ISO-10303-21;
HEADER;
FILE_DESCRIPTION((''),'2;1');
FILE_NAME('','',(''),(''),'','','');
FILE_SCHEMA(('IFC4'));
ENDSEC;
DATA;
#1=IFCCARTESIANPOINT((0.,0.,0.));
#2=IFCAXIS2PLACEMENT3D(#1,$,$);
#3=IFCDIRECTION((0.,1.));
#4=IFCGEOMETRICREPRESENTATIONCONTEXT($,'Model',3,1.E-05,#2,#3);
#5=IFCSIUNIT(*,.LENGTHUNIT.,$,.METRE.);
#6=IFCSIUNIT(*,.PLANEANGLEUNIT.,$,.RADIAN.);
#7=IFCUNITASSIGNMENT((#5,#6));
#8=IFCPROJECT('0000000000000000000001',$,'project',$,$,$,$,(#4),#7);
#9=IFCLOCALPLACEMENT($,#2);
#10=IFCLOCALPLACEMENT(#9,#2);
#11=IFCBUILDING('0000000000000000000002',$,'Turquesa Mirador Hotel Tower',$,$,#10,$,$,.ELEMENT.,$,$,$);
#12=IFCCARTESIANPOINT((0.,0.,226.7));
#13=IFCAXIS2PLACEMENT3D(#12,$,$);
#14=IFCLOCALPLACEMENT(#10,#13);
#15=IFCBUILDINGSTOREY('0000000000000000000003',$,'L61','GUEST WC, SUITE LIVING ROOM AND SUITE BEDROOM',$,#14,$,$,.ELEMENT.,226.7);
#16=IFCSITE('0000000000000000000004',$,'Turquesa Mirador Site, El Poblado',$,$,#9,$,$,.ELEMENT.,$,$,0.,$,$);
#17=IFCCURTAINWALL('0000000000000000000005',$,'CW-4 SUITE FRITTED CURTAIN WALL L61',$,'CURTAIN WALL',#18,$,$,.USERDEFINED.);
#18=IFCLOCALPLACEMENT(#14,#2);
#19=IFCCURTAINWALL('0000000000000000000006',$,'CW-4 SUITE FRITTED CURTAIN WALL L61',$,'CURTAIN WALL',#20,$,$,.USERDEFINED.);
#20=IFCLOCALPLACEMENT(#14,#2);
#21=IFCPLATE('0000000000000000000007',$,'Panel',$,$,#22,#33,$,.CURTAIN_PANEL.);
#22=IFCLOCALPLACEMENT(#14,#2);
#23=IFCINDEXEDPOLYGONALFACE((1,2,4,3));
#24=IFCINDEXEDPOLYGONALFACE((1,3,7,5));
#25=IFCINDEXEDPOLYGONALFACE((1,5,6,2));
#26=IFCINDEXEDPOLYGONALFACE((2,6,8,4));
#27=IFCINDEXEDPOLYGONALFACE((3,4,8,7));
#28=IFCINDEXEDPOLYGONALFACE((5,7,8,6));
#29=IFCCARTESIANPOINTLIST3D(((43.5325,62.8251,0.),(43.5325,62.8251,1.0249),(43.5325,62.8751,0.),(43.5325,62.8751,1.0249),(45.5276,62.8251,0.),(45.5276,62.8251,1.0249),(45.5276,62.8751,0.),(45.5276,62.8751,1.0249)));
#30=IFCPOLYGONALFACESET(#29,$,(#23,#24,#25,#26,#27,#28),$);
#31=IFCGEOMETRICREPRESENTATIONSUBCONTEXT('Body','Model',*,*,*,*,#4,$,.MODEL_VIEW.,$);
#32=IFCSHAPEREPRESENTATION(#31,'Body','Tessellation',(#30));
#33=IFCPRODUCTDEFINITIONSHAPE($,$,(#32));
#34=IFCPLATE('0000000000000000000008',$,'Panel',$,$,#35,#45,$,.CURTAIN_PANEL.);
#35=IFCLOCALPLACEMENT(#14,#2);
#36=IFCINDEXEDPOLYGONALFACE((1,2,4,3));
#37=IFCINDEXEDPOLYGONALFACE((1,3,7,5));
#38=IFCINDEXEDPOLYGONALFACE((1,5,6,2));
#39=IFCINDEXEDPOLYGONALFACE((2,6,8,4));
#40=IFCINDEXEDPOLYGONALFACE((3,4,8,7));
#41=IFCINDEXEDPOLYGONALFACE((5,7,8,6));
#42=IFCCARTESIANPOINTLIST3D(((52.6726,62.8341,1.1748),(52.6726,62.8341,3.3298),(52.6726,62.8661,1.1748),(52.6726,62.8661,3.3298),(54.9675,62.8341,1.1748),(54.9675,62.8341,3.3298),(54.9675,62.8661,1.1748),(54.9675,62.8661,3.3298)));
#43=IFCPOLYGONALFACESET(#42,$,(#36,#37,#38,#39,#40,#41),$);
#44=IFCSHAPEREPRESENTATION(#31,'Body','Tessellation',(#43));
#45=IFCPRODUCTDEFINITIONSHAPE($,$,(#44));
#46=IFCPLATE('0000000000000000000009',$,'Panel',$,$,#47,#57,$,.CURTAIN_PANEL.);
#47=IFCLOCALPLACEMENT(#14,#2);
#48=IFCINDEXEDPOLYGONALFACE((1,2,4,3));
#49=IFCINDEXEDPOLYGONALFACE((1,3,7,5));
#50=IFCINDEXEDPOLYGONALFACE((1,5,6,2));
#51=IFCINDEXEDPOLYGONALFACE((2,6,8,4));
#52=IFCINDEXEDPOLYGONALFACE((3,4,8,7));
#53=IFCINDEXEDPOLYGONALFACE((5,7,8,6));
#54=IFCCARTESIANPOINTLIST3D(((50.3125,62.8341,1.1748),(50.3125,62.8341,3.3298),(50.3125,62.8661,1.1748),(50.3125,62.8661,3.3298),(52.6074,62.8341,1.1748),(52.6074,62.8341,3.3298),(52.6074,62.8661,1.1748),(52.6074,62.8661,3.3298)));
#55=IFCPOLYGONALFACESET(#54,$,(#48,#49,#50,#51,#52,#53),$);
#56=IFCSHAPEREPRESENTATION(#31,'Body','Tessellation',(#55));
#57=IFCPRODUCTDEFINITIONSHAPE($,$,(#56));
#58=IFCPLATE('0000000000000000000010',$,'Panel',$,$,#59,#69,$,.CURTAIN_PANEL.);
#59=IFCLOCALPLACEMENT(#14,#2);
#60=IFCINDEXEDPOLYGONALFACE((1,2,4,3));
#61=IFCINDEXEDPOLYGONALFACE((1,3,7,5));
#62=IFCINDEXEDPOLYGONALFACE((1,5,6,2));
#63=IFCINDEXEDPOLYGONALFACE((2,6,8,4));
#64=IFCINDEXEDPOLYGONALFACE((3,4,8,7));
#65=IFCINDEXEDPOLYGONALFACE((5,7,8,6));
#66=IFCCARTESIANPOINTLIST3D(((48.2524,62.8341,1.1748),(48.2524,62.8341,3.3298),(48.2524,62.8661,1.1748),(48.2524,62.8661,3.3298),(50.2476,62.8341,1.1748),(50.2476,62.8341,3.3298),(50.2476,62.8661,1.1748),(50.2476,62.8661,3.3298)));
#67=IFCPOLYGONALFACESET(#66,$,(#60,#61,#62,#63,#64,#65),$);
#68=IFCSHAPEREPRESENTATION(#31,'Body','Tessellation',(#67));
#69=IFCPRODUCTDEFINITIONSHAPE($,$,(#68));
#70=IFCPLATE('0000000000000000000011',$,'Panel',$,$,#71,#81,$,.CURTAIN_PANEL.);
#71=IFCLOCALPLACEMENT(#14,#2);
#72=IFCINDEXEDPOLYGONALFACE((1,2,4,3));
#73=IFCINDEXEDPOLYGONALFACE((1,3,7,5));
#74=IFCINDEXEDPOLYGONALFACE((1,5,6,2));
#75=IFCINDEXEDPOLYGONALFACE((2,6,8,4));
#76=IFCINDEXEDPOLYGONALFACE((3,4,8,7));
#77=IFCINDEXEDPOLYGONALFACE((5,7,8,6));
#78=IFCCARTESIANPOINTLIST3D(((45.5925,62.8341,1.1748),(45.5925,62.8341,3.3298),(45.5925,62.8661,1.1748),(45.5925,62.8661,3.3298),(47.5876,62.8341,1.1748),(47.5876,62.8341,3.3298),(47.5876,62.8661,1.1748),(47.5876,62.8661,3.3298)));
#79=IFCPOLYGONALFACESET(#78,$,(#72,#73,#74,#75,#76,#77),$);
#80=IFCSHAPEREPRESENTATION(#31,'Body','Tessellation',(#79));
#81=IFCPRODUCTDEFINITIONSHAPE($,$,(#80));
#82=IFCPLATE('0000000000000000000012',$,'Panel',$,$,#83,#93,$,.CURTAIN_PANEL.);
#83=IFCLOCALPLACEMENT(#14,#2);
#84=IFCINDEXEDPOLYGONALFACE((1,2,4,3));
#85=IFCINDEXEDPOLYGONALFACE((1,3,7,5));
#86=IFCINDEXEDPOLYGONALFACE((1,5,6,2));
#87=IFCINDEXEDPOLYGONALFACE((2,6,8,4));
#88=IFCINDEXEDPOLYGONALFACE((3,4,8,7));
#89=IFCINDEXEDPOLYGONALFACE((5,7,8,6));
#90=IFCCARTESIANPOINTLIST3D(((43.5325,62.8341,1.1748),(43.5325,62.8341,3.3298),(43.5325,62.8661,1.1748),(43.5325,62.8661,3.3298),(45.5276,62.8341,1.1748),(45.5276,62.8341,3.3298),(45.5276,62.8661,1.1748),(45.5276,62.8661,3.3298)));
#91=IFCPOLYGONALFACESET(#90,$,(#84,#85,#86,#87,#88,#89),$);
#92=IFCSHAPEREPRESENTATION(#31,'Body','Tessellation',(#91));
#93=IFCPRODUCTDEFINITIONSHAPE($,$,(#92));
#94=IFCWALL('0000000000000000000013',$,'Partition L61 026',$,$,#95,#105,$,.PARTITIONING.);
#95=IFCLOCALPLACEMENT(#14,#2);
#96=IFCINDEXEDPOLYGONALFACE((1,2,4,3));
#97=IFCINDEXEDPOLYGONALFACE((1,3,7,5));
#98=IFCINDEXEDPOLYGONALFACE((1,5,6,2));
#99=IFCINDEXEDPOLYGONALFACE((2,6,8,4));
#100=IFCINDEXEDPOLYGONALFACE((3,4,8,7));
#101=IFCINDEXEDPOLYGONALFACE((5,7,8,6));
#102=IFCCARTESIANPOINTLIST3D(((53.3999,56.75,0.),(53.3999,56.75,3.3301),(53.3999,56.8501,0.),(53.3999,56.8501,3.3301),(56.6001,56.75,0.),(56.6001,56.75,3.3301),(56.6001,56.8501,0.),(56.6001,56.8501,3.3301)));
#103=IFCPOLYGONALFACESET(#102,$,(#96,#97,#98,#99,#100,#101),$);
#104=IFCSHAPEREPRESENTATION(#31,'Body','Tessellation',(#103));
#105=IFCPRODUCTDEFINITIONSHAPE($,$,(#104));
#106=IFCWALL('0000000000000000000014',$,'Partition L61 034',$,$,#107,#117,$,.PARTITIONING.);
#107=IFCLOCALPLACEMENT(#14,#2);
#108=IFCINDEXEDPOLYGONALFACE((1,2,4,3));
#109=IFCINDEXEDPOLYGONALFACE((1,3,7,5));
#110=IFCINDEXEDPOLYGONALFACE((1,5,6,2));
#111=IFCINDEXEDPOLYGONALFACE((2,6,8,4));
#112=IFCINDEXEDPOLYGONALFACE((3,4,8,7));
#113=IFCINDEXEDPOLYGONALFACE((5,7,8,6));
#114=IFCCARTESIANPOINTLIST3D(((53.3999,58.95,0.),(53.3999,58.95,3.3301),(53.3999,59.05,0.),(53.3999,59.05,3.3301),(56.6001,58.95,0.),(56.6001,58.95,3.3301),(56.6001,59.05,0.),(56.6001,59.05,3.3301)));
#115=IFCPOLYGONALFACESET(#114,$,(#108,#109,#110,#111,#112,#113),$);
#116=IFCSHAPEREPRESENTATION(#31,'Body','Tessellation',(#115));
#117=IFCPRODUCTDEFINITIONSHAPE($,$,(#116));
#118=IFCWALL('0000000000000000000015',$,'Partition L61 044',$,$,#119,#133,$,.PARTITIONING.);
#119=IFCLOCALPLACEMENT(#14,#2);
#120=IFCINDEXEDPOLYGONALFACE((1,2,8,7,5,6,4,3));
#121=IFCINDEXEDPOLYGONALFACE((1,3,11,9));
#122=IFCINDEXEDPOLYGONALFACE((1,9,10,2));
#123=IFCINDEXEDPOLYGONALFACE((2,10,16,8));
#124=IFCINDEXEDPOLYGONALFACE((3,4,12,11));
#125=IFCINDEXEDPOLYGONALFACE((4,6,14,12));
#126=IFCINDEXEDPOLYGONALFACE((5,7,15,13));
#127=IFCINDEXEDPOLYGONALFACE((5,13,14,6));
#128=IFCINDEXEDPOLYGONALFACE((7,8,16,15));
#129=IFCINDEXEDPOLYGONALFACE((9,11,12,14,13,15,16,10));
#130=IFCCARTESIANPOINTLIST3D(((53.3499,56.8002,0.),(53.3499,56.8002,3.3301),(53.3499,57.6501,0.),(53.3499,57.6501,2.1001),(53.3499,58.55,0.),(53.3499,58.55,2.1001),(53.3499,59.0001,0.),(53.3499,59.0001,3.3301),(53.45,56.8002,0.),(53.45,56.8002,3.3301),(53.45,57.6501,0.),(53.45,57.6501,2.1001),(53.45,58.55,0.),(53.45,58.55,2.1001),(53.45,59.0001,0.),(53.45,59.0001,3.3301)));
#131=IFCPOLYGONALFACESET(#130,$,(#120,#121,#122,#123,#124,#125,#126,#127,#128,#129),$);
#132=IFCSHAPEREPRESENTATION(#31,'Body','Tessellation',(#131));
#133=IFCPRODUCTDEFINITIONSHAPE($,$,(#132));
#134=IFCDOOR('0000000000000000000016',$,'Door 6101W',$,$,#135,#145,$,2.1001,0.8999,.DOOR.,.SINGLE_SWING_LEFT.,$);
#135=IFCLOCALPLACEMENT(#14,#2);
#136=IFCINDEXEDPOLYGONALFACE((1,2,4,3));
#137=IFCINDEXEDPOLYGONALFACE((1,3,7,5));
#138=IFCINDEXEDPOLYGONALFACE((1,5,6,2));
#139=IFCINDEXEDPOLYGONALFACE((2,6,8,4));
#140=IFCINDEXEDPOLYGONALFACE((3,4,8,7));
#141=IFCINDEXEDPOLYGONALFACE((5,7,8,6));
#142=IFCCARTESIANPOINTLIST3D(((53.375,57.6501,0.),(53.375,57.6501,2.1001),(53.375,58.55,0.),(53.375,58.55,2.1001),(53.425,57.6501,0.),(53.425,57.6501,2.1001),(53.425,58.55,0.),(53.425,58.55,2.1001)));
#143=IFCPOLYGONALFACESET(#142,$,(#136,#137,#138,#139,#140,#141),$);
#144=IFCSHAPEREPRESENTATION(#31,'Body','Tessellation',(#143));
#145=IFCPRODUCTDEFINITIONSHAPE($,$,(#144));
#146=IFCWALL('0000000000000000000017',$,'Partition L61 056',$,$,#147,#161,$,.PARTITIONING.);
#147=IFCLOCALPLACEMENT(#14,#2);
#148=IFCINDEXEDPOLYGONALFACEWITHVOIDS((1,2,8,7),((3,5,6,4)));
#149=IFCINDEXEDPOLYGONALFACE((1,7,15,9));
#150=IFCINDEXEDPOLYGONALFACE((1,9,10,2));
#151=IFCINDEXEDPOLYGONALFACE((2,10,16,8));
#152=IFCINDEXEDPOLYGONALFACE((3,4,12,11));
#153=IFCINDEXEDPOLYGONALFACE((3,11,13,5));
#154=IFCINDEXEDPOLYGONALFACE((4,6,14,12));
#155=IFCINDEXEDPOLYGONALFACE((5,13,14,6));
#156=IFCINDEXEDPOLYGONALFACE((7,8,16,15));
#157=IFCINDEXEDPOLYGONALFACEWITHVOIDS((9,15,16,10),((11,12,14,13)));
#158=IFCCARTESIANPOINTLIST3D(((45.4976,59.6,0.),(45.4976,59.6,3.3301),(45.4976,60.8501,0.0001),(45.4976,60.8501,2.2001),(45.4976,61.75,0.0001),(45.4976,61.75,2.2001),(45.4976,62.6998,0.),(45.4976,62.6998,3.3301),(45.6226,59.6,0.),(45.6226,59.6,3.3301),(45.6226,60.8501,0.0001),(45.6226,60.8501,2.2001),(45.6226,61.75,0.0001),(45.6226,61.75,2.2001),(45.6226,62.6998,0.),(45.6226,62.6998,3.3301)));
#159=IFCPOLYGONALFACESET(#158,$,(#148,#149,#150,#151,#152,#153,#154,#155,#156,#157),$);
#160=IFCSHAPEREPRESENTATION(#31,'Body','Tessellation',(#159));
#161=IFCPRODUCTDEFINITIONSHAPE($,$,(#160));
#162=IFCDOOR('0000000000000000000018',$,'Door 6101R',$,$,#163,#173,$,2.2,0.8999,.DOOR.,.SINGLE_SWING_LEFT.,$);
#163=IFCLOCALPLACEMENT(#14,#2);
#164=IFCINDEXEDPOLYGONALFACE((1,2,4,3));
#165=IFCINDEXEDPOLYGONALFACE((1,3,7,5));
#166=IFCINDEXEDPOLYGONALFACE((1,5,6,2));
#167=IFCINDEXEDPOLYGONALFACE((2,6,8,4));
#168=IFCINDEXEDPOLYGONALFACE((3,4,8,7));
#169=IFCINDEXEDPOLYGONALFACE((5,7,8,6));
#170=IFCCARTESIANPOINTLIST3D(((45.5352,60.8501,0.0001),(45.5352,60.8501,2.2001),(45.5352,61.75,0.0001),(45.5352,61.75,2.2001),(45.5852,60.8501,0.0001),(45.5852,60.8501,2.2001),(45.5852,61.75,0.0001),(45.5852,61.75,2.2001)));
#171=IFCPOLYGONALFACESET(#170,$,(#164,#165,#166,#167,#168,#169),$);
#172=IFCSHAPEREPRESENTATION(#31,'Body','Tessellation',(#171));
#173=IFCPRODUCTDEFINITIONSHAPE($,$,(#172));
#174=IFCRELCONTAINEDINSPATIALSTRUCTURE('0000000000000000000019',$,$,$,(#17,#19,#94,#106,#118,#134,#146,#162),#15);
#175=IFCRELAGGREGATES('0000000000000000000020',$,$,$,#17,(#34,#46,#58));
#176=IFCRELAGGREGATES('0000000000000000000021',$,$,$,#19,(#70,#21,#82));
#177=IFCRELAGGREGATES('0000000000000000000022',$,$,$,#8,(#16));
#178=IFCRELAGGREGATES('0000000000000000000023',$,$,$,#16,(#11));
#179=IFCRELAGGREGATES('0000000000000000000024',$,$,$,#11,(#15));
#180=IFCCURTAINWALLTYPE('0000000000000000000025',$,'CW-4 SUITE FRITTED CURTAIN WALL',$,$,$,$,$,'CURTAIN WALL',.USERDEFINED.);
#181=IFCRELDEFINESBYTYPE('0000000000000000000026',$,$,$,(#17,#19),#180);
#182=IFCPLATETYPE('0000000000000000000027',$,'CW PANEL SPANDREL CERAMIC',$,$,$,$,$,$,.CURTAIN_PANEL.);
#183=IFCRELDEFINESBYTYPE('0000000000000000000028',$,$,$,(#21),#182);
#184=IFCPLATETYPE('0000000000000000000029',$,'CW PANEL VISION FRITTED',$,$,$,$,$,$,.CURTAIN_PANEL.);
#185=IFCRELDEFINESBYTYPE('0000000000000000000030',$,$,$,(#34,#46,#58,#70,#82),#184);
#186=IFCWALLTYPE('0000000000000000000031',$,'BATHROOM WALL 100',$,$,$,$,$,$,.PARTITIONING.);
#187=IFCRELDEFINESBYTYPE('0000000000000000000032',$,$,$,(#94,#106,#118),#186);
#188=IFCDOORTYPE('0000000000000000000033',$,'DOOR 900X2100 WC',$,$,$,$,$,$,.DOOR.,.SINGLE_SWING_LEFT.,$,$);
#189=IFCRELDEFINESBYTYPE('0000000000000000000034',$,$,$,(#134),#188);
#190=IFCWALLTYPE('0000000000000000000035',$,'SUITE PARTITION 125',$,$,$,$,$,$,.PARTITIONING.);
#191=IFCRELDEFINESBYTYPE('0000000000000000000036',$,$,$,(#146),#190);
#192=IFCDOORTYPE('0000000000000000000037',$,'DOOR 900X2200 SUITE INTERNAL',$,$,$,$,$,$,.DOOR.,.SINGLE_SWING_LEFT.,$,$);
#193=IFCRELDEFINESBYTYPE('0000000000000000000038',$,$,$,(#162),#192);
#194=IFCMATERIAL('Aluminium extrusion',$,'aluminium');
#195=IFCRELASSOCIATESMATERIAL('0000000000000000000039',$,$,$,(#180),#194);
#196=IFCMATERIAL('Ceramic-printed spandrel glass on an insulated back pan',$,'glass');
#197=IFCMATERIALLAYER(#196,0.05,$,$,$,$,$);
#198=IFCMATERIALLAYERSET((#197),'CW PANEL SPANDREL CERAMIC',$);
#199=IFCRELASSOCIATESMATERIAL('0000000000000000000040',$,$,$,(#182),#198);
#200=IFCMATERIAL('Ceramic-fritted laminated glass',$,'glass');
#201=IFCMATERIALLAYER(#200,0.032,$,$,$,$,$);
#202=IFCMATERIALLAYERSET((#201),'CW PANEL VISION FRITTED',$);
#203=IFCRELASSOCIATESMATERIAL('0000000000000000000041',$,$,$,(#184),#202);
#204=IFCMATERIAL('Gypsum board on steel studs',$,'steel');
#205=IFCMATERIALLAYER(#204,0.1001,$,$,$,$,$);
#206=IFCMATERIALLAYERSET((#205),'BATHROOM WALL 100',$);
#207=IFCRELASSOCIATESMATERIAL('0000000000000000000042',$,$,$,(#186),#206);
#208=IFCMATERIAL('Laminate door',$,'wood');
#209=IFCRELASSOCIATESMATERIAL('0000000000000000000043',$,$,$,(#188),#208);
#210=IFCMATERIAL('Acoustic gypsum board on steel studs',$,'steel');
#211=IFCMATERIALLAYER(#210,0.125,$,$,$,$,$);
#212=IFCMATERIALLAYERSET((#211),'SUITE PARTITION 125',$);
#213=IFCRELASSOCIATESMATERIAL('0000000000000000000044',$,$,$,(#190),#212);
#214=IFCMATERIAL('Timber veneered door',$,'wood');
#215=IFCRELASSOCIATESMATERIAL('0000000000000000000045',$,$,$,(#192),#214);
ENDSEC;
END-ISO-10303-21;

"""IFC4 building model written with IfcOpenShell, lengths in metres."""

from ifc_helpers import new_model, si_unit, direction, frame, frame_2d, origin, origin_2d, place, context, subcontext, project, spatial, rectangle, extrude, material, layer, layer_set, type_object, element, fill, aggregate, save


model = new_model("IFC4")

# Units and contexts
model_context = context("Model", 3, precision=1e-05, world=origin(), true_north=direction((0.0, 1.0)))
body_context = subcontext(model_context, "Body", "Model", "MODEL_VIEW")
ifc_project = project(units=[si_unit("LENGTHUNIT", "METRE"), si_unit("PLANEANGLEUNIT", "RADIAN")], contexts=[model_context])

# Site, building, storey
site_placement = place(None, origin())
site = spatial("IfcSite", under=ifc_project, at=site_placement, Name="Turquesa Mirador Site, El Poblado", CompositionType="ELEMENT", RefElevation=0.0)
building_placement = place(site_placement, origin())
building = spatial("IfcBuilding", under=site, at=building_placement, Name="Turquesa Mirador Hotel Tower", CompositionType="ELEMENT")
storey_placement = place(building_placement, frame((0.0, 0.0, 226.7)))
storey = spatial("IfcBuildingStorey", under=building, at=storey_placement, Name="L61", Description="GUEST WC, SUITE LIVING ROOM AND SUITE BEDROOM", CompositionType="ELEMENT", Elevation=226.7)

# Curtain walls
ifc_material_1 = material(Name="Aluminium extrusion", Category="aluminium")
curtain_wall_type = type_object("IfcCurtainWallType", Name="CW-4 SUITE FRITTED CURTAIN WALL", ElementType="CURTAIN WALL", PredefinedType="USERDEFINED", material=ifc_material_1)
curtain_wall_1_placement = place(storey_placement, origin())
curtain_wall_1 = element("IfcCurtainWall", 1, at=curtain_wall_1_placement, inside=storey, type_object=curtain_wall_type, Name="CW-4 SUITE FRITTED CURTAIN WALL L61", ObjectType="CURTAIN WALL", PredefinedType="USERDEFINED")
curtain_wall_2_placement = place(storey_placement, origin())
curtain_wall_2 = element("IfcCurtainWall", 2, at=curtain_wall_2_placement, inside=storey, type_object=curtain_wall_type, Name="CW-4 SUITE FRITTED CURTAIN WALL L61", ObjectType="CURTAIN WALL", PredefinedType="USERDEFINED")

# Plates
ifc_material_2 = material(Name="Ceramic-printed spandrel glass on an insulated back pan", Category="glass")
ifc_layer_1 = layer(ifc_material_2, 0.05)
ifc_layer_set_1 = layer_set([ifc_layer_1], Name="CW PANEL SPANDREL CERAMIC")
plate_type_1 = type_object("IfcPlateType", Name="CW PANEL SPANDREL CERAMIC", PredefinedType="CURTAIN_PANEL", material=ifc_layer_set_1)
plate_1_placement = place(storey_placement, frame((44.53, 62.8501, 0.0), z_axis=(0.0, 0.0, 1.0), x_axis=(-1.0, 0.0, 0.0)))
plate_1 = element("IfcPlate", 3, at=plate_1_placement, type_object=plate_type_1, Name="Panel", PredefinedType="CURTAIN_PANEL", context=body_context, shape_type="SweptSolid", body=[
    extrude(rectangle(XDim=1.9951, YDim=0.05, at=origin_2d()), origin(), (0.0, 0.0, 1.0), 1.0249),
])
ifc_material_3 = material(Name="Ceramic-fritted laminated glass", Category="glass")
ifc_layer_2 = layer(ifc_material_3, 0.032)
ifc_layer_set_2 = layer_set([ifc_layer_2], Name="CW PANEL VISION FRITTED")
plate_type_2 = type_object("IfcPlateType", Name="CW PANEL VISION FRITTED", PredefinedType="CURTAIN_PANEL", material=ifc_layer_set_2)
plate_2_placement = place(storey_placement, frame((53.8201, 62.8501, 1.1748), z_axis=(0.0, 0.0, 1.0), x_axis=(-1.0, 0.0, 0.0)))
plate_2 = element("IfcPlate", 4, at=plate_2_placement, type_object=plate_type_2, Name="Panel", PredefinedType="CURTAIN_PANEL", context=body_context, shape_type="SweptSolid", body=[
    extrude(rectangle(XDim=2.2949, YDim=0.032, at=origin_2d()), origin(), (0.0, 0.0, 1.0), 2.155),
])
plate_3_placement = place(storey_placement, frame((51.46, 62.8501, 1.1748), z_axis=(0.0, 0.0, 1.0), x_axis=(-1.0, 0.0, 0.0)))
plate_3 = element("IfcPlate", 5, at=plate_3_placement, type_object=plate_type_2, Name="Panel", PredefinedType="CURTAIN_PANEL", context=body_context, shape_type="SweptSolid", body=[
    extrude(rectangle(XDim=2.2949, YDim=0.032, at=origin_2d()), origin(), (0.0, 0.0, 1.0), 2.155),
])
plate_4_placement = place(storey_placement, frame((49.25, 62.8501, 1.1748), z_axis=(0.0, 0.0, 1.0), x_axis=(-1.0, 0.0, 0.0)))
plate_4 = element("IfcPlate", 6, at=plate_4_placement, type_object=plate_type_2, Name="Panel", PredefinedType="CURTAIN_PANEL", context=body_context, shape_type="SweptSolid", body=[
    extrude(rectangle(XDim=1.9951, YDim=0.032, at=origin_2d()), origin(), (0.0, 0.0, 1.0), 2.155),
])
aggregate(curtain_wall_1, [plate_2, plate_3, plate_4])
plate_5_placement = place(storey_placement, frame((46.5901, 62.8501, 1.1748), z_axis=(0.0, 0.0, 1.0), x_axis=(-1.0, 0.0, 0.0)))
plate_5 = element("IfcPlate", 7, at=plate_5_placement, type_object=plate_type_2, Name="Panel", PredefinedType="CURTAIN_PANEL", context=body_context, shape_type="SweptSolid", body=[
    extrude(rectangle(XDim=1.9951, YDim=0.032, at=origin_2d()), origin(), (0.0, 0.0, 1.0), 2.155),
])
plate_6_placement = place(storey_placement, frame((44.53, 62.8501, 1.1748), z_axis=(0.0, 0.0, 1.0), x_axis=(-1.0, 0.0, 0.0)))
plate_6 = element("IfcPlate", 8, at=plate_6_placement, type_object=plate_type_2, Name="Panel", PredefinedType="CURTAIN_PANEL", context=body_context, shape_type="SweptSolid", body=[
    extrude(rectangle(XDim=1.9951, YDim=0.032, at=origin_2d()), origin(), (0.0, 0.0, 1.0), 2.155),
])
aggregate(curtain_wall_2, [plate_5, plate_1, plate_6])

# Walls
ifc_material_4 = material(Name="Gypsum board on steel studs", Category="steel")
ifc_layer_3 = layer(ifc_material_4, 0.1001)
ifc_layer_set_3 = layer_set([ifc_layer_3], Name="BATHROOM WALL 100")
wall_type_1 = type_object("IfcWallType", Name="BATHROOM WALL 100", PredefinedType="PARTITIONING", material=ifc_layer_set_3)
for number, where, z_axis, x_axis, name in (
    (9, (53.3999, 56.8, 0.0), (0.0, 0.0, 1.0), (1.0, 0.0, 0.0), "Partition L61 026"),
    (10, (53.3999, 59.0, 0.0), (0.0, 0.0, 1.0), (1.0, 0.0, 0.0), "Partition L61 034"),
):
    element("IfcWall", number, at=place(storey_placement, frame(where, z_axis=z_axis, x_axis=x_axis)), inside=storey, type_object=wall_type_1, Name=name, PredefinedType="PARTITIONING", context=body_context, shape_type="SweptSolid", body=[
        extrude(rectangle(XDim=3.2002, YDim=0.1001, at=frame_2d((1.6001, 0.0))), origin(), (0.0, 0.0, 1.0), 3.3301),
    ])

# Walls, openings, doors
wall_1_placement = place(storey_placement, frame((53.3999, 56.8, 0.0), z_axis=(0.0, 0.0, 1.0), x_axis=(0.0, 1.0, 0.0)))
wall_1 = element("IfcWall", 11, at=wall_1_placement, inside=storey, type_object=wall_type_1, Name="Partition L61 044", PredefinedType="PARTITIONING", context=body_context, shape_type="SweptSolid", body=[
    extrude(rectangle(XDim=2.2, YDim=0.1001, at=frame_2d((1.1001, 0.0))), origin(), (0.0, 0.0, 1.0), 3.3301),
])
opening_1_placement = place(wall_1_placement, frame((0.8501, 0.0, 0.0)))
opening_1 = element("IfcOpeningElement", 12, at=opening_1_placement, cuts=wall_1, PredefinedType="OPENING", context=body_context, shape_type="SweptSolid", body=[
    extrude(rectangle(XDim=0.8999, YDim=2.1001, at=frame_2d((0.45, 1.05))), frame((0.0, 0.0601, 0.0), z_axis=(0.0, -1.0, 0.0), x_axis=(1.0, 0.0, 0.0)), (0.0, 0.0, 1.0), 0.1201),
])
ifc_material_5 = material(Name="Laminate door", Category="wood")
door_type_1 = type_object("IfcDoorType", Name="DOOR 900X2100 WC", OperationType="SINGLE_SWING_LEFT", PredefinedType="DOOR", material=ifc_material_5)
door_1_placement = place(opening_1_placement, origin())
door_1 = element("IfcDoor", 13, at=door_1_placement, inside=storey, type_object=door_type_1, Name="Door 6101W", OperationType="SINGLE_SWING_LEFT", OverallHeight=2.1001, OverallWidth=0.8999, PredefinedType="DOOR", context=body_context, shape_type="SweptSolid", body=[
    extrude(rectangle(XDim=0.8999, YDim=2.1001, at=frame_2d((0.45, 1.05))), frame((0.0, 0.0249, 0.0), z_axis=(0.0, -1.0, 0.0), x_axis=(1.0, 0.0, 0.0)), (0.0, 0.0, 1.0), 0.05),
])
fill(opening_1, door_1)
ifc_material_6 = material(Name="Acoustic gypsum board on steel studs", Category="steel")
ifc_layer_4 = layer(ifc_material_6, 0.125)
ifc_layer_set_4 = layer_set([ifc_layer_4], Name="SUITE PARTITION 125")
wall_type_2 = type_object("IfcWallType", Name="SUITE PARTITION 125", PredefinedType="PARTITIONING", material=ifc_layer_set_4)
wall_2_placement = place(storey_placement, frame((45.5601, 59.6001, 0.0), z_axis=(0.0, 0.0, 1.0), x_axis=(0.0, 1.0, 0.0)))
wall_2 = element("IfcWall", 14, at=wall_2_placement, inside=storey, type_object=wall_type_2, Name="Partition L61 056", PredefinedType="PARTITIONING", context=body_context, shape_type="SweptSolid", body=[
    extrude(rectangle(XDim=3.0999, YDim=0.125, at=frame_2d((1.5498, 0.0))), origin(), (0.0, 0.0, 1.0), 3.3301),
])
opening_2_placement = place(wall_2_placement, frame((1.25, 0.0, 0.0)))
opening_2 = element("IfcOpeningElement", 15, at=opening_2_placement, cuts=wall_2, PredefinedType="OPENING", context=body_context, shape_type="SweptSolid", body=[
    extrude(rectangle(XDim=0.8999, YDim=2.2, at=frame_2d((0.45, 1.1001))), frame((0.0, 0.0725, 0.0), z_axis=(0.0, -1.0, 0.0), x_axis=(1.0, 0.0, 0.0)), (0.0, 0.0, 1.0), 0.145),
])
ifc_material_7 = material(Name="Timber veneered door", Category="wood")
door_type_2 = type_object("IfcDoorType", Name="DOOR 900X2200 SUITE INTERNAL", OperationType="SINGLE_SWING_LEFT", PredefinedType="DOOR", material=ifc_material_7)
door_2_placement = place(opening_2_placement, origin())
door_2 = element("IfcDoor", 16, at=door_2_placement, inside=storey, type_object=door_type_2, Name="Door 6101R", OperationType="SINGLE_SWING_LEFT", OverallHeight=2.2, OverallWidth=0.8999, PredefinedType="DOOR", context=body_context, shape_type="SweptSolid", body=[
    extrude(rectangle(XDim=0.8999, YDim=2.2, at=frame_2d((0.45, 1.1001))), frame((0.0, 0.0249, 0.0), z_axis=(0.0, -1.0, 0.0), x_axis=(1.0, 0.0, 0.0)), (0.0, 0.0, 1.0), 0.05),
])
fill(opening_2, door_2)

save(model, "model.ifc")
